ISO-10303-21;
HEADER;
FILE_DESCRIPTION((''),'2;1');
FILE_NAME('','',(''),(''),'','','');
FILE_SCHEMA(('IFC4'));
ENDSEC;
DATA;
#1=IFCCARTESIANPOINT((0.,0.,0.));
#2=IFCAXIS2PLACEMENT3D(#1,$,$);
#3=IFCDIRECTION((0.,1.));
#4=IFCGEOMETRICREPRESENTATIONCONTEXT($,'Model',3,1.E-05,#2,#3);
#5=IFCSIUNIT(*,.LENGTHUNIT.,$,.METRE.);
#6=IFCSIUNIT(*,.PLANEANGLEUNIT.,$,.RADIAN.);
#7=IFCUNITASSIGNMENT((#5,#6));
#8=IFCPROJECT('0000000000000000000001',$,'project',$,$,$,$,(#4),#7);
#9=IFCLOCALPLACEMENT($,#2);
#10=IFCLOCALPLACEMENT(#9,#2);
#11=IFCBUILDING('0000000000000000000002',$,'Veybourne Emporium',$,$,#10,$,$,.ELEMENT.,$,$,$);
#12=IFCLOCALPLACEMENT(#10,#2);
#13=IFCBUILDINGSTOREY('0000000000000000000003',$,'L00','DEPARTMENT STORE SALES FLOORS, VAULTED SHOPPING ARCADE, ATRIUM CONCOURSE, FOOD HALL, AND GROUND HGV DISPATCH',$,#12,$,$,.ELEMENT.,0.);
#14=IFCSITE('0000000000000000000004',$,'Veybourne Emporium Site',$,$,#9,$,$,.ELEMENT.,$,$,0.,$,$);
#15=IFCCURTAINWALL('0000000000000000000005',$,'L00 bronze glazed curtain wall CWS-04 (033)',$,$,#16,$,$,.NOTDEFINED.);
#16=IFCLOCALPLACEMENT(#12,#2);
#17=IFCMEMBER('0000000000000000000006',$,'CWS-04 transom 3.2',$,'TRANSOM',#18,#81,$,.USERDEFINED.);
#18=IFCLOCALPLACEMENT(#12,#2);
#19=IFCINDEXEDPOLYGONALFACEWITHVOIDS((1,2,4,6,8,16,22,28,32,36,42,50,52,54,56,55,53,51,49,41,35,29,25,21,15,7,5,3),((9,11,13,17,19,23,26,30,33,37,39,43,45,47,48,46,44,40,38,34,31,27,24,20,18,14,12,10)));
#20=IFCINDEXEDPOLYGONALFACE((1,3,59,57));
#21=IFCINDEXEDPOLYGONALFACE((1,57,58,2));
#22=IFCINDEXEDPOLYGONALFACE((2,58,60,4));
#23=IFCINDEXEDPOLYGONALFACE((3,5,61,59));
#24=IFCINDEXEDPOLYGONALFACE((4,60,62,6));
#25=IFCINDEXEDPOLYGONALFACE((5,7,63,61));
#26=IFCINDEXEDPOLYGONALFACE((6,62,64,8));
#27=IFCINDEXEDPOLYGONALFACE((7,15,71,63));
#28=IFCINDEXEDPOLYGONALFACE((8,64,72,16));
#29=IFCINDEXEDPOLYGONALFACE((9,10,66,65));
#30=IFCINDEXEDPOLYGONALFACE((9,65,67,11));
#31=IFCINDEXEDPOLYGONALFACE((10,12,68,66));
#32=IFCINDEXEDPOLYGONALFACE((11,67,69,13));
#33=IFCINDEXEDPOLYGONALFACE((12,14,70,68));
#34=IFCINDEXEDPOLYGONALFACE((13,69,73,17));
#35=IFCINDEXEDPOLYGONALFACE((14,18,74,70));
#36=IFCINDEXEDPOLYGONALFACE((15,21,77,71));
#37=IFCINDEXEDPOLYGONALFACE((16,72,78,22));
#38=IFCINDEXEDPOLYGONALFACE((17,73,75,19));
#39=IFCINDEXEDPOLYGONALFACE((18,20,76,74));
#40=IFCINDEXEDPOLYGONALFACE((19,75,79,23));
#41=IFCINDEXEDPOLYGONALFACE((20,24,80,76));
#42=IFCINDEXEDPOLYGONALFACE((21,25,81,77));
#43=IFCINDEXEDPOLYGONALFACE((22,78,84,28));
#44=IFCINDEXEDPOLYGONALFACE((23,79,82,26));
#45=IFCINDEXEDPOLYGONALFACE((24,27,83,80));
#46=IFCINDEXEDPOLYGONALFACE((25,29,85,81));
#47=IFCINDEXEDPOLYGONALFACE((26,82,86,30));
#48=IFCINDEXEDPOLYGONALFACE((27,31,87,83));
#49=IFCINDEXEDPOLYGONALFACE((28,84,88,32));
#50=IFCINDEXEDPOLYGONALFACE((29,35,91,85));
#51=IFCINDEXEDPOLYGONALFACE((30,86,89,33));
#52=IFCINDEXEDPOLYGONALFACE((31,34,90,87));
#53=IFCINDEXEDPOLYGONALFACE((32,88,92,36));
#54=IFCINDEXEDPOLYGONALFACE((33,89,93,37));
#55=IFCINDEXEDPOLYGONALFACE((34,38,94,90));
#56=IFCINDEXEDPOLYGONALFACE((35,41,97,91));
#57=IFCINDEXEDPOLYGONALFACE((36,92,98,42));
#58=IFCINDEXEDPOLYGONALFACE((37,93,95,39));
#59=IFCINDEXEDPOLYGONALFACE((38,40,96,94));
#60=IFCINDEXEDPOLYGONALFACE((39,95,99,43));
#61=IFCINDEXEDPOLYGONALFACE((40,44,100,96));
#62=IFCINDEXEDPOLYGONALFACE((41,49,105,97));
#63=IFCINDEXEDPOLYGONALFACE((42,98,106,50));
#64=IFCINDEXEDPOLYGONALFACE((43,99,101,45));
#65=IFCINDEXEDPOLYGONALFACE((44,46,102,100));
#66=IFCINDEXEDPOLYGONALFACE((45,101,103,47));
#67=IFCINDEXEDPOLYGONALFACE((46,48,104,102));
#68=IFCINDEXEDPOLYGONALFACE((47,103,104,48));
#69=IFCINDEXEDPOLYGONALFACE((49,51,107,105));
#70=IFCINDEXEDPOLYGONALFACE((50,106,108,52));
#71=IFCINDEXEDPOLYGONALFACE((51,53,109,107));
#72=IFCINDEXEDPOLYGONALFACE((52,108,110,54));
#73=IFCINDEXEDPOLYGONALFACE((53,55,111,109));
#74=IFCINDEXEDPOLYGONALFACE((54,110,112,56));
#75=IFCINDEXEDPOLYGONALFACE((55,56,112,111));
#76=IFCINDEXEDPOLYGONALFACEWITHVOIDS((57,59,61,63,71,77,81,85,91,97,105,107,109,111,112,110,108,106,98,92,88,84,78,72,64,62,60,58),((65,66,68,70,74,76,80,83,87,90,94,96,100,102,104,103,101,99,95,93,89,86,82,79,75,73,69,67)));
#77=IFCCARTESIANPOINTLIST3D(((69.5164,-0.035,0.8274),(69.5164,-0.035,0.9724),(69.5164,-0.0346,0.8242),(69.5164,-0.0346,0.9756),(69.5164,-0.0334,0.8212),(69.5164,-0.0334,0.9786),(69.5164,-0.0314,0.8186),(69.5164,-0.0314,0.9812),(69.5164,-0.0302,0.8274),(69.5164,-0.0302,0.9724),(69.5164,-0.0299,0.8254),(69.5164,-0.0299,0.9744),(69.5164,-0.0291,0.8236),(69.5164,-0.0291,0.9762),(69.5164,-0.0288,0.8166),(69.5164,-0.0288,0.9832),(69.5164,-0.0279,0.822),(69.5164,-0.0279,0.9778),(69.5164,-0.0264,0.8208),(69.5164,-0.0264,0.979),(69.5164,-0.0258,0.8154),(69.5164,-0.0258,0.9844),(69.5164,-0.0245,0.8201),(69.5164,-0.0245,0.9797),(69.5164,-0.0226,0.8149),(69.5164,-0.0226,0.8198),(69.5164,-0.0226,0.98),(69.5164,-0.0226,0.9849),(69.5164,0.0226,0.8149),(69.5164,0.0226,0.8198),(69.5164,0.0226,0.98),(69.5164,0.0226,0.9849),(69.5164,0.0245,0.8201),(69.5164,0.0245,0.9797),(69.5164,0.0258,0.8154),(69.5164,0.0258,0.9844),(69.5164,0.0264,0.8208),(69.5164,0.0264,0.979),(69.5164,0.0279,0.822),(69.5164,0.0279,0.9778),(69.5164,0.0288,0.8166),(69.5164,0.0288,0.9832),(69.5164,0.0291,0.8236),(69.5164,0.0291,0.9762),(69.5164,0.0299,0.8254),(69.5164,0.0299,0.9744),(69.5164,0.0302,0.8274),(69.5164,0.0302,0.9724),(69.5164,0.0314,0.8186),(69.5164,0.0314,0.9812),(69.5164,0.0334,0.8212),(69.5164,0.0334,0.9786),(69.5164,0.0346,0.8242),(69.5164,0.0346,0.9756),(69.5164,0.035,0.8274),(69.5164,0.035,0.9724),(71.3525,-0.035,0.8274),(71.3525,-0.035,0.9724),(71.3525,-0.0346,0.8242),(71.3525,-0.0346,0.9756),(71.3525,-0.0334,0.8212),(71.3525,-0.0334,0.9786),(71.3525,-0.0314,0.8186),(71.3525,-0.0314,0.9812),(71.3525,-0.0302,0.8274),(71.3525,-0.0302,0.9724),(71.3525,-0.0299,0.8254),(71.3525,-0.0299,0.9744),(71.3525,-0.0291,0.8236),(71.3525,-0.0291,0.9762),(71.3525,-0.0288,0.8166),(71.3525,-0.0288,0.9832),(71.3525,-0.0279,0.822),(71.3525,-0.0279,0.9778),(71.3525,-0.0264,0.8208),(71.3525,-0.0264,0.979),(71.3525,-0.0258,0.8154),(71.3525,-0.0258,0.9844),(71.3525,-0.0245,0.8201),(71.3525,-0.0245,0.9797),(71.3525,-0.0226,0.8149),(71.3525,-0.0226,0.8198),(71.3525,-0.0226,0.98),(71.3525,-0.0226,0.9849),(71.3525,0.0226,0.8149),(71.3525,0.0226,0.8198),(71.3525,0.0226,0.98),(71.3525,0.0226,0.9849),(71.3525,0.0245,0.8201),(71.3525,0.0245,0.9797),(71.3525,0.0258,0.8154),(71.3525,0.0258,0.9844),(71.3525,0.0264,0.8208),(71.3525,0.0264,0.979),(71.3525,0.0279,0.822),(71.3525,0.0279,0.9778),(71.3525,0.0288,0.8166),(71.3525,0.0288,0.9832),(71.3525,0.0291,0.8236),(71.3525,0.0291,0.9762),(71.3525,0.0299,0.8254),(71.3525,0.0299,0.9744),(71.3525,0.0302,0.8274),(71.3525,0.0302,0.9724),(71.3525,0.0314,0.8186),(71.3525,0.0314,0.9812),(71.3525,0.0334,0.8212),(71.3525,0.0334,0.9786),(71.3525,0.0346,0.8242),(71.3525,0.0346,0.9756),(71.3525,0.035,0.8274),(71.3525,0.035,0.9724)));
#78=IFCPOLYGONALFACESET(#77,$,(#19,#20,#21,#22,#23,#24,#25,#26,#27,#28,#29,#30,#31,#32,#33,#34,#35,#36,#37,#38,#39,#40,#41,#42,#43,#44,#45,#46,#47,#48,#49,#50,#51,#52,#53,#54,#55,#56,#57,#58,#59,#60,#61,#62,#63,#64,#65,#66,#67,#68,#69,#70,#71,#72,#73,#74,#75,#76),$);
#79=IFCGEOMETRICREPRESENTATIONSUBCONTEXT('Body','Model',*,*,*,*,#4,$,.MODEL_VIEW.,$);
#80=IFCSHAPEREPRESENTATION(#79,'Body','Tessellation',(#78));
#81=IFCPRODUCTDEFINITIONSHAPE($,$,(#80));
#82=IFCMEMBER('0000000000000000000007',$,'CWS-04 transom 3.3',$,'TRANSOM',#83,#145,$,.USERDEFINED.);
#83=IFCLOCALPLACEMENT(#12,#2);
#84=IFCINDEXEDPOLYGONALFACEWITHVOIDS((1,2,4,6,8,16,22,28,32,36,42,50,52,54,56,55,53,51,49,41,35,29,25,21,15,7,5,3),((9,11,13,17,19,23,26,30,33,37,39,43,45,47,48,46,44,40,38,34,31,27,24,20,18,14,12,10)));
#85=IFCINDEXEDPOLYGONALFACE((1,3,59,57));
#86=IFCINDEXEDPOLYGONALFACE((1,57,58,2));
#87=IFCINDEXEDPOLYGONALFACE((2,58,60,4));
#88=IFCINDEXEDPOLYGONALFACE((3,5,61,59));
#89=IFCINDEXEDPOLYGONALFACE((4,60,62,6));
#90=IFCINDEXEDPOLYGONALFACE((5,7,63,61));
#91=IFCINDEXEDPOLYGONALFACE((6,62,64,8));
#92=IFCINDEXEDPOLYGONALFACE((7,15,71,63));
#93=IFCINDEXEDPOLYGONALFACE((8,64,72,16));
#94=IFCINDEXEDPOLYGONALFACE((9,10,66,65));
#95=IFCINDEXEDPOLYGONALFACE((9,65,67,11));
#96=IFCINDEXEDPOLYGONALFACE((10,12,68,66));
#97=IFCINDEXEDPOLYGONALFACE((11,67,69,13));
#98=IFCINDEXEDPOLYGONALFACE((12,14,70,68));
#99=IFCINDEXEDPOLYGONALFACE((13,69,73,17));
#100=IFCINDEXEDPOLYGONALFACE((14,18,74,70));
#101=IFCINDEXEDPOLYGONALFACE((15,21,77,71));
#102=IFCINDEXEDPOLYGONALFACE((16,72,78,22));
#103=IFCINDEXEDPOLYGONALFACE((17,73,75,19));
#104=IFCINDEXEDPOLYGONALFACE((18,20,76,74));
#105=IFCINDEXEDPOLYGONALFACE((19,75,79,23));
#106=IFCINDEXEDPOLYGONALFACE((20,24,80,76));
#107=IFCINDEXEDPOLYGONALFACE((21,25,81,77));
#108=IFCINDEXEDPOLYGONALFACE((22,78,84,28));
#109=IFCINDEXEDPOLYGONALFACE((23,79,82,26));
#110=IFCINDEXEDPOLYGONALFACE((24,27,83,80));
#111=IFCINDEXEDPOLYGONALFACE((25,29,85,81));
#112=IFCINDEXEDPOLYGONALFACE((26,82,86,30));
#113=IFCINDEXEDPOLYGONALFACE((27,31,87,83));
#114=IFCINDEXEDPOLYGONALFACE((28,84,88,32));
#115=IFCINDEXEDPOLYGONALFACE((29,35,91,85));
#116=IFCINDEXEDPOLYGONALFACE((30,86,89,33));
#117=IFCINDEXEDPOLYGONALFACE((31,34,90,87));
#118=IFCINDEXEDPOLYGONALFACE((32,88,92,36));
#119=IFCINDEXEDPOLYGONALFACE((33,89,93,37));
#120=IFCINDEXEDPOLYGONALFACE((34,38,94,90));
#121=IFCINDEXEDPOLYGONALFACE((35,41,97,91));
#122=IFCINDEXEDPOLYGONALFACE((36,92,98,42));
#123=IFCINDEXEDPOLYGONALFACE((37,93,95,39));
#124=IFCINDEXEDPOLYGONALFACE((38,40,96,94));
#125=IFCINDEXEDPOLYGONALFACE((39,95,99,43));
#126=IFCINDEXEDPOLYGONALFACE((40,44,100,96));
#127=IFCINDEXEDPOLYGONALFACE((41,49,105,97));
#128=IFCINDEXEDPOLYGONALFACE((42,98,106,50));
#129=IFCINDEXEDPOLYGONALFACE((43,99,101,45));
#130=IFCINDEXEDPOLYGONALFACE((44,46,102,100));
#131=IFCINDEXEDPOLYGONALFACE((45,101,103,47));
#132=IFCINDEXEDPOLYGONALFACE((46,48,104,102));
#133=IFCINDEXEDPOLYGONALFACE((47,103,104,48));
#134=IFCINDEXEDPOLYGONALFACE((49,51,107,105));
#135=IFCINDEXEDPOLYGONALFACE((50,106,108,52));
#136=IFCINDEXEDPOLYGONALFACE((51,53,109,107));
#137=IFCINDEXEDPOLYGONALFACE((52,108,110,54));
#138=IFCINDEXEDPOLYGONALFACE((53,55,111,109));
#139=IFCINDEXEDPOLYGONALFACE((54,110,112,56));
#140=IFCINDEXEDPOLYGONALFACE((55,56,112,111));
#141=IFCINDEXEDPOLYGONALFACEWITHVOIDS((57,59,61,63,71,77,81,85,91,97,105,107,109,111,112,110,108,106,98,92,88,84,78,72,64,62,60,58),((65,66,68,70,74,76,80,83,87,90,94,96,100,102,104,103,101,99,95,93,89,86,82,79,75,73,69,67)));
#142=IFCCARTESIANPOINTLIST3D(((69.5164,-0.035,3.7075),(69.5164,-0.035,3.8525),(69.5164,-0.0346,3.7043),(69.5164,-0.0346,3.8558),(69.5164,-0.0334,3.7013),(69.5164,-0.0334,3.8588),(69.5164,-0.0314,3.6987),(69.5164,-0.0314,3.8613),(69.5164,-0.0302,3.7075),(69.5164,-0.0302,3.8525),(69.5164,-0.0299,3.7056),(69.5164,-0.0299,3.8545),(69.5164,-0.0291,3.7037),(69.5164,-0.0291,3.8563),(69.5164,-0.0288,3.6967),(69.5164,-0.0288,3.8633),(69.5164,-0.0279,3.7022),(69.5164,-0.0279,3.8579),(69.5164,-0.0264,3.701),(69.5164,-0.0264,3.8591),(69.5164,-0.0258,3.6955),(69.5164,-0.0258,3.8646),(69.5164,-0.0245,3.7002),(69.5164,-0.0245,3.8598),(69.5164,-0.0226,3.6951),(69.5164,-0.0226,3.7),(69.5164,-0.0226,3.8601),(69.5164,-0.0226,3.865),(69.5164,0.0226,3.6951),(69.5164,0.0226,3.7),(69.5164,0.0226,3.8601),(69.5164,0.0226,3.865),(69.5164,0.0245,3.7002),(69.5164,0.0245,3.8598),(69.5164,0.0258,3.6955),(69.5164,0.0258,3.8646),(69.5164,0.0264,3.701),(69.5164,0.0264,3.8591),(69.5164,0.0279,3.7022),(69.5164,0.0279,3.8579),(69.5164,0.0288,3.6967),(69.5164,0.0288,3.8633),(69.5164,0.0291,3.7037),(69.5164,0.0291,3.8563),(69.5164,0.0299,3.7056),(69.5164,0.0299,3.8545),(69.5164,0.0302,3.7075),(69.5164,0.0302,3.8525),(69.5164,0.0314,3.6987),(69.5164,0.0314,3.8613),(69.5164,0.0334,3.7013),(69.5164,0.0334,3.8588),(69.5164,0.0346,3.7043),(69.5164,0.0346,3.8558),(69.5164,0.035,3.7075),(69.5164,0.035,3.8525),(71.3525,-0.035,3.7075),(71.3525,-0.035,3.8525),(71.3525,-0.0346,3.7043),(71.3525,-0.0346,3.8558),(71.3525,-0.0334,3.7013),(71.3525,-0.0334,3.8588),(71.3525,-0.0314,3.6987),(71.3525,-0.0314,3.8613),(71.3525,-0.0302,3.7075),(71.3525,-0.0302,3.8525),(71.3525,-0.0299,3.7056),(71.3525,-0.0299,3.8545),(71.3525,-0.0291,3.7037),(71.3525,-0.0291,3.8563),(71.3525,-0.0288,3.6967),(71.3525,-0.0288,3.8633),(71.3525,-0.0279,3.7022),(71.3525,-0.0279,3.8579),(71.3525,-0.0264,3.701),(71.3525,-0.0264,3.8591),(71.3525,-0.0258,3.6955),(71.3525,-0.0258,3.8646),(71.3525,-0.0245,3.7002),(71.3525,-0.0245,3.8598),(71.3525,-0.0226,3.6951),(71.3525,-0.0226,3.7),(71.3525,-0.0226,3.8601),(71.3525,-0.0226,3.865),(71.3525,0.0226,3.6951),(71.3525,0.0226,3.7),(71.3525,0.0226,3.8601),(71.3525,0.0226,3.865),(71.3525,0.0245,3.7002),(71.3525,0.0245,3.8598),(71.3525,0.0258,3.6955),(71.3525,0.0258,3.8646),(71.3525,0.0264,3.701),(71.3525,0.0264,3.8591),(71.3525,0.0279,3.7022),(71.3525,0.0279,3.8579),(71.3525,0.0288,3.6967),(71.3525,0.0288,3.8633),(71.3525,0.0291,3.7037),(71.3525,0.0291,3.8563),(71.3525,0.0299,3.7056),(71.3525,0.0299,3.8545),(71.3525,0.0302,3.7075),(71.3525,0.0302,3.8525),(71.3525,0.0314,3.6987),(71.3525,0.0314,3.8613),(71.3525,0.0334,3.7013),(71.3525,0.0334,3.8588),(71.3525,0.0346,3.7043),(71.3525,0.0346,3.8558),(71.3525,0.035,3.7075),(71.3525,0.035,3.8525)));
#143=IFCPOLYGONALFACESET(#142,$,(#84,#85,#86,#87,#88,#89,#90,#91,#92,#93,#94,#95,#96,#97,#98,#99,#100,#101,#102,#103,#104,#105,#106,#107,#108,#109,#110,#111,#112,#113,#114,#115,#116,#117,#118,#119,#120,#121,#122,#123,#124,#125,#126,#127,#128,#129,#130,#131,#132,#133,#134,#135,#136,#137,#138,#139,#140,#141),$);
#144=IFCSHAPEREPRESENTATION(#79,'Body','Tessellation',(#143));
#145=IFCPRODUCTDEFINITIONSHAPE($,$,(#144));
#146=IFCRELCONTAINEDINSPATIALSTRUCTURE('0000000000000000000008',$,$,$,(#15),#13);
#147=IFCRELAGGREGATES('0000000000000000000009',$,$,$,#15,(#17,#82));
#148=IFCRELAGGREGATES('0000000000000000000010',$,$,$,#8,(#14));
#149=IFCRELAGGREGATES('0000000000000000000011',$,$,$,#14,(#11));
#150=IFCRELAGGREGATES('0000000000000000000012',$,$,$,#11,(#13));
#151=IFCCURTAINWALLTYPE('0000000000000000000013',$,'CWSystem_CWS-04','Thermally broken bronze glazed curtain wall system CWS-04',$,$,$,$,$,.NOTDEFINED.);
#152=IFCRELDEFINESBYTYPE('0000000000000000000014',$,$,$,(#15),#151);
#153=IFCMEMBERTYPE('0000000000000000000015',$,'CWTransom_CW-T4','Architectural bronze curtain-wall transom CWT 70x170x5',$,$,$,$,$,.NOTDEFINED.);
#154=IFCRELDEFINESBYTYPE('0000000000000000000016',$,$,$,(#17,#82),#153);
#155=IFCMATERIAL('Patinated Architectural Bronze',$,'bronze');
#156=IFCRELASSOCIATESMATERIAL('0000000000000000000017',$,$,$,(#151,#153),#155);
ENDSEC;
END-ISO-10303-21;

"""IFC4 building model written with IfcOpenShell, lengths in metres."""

from ifc_helpers import new_model, si_unit, direction, frame, origin, origin_2d, place, context, subcontext, project, spatial, hollow_rectangle, extrude, material, material_profile, profile_set, type_object, element, aggregate, save


model = new_model("IFC4")

# Units and contexts
model_context = context("Model", 3, precision=1e-05, world=origin(), true_north=direction((0.0, 1.0)))
body_context = subcontext(model_context, "Body", "Model", "MODEL_VIEW")
ifc_project = project(units=[si_unit("LENGTHUNIT", "METRE"), si_unit("PLANEANGLEUNIT", "RADIAN")], contexts=[model_context])

# Site, building, storey
site_placement = place(None, origin())
site = spatial("IfcSite", under=ifc_project, at=site_placement, Name="Veybourne Emporium Site", CompositionType="ELEMENT", RefElevation=0.0)
building_placement = place(site_placement, origin())
building = spatial("IfcBuilding", under=site, at=building_placement, Name="Veybourne Emporium", CompositionType="ELEMENT")
storey_placement = place(building_placement, origin())
storey = spatial("IfcBuildingStorey", under=building, at=storey_placement, Name="L00", Description="DEPARTMENT STORE SALES FLOORS, VAULTED SHOPPING ARCADE, ATRIUM CONCOURSE, FOOD HALL, AND GROUND HGV DISPATCH", CompositionType="ELEMENT", Elevation=0.0)

# Curtain wall, members
ifc_material_1 = material(Name="Patinated Architectural Bronze", Category="bronze")
curtain_wall_type = type_object("IfcCurtainWallType", Name="CWSystem_CWS-04", Description="Thermally broken bronze glazed curtain wall system CWS-04", PredefinedType="NOTDEFINED", material=ifc_material_1)
curtain_wall_placement = place(storey_placement, origin())
curtain_wall = element("IfcCurtainWall", 1, at=curtain_wall_placement, inside=storey, type_object=curtain_wall_type, Name="L00 bronze glazed curtain wall CWS-04 (033)", PredefinedType="NOTDEFINED")
ifc_material_profile_1 = material_profile(ifc_material_1, hollow_rectangle(XDim=0.0701, YDim=0.1699, WallThickness=0.0049, InnerFilletRadius=0.0076, OuterFilletRadius=0.0125, at=origin_2d()), Name="CWT 70x170x5")
ifc_profile_set_1 = profile_set([ifc_material_profile_1], Name="Patinated Architectural Bronze")
member_type_1 = type_object("IfcMemberType", Name="CWTransom_CW-T4", Description="Architectural bronze curtain-wall transom CWT 70x170x5", PredefinedType="NOTDEFINED", material=ifc_profile_set_1)
member_1_placement = place(storey_placement, frame((71.3525, 0.0, 0.8999), z_axis=(-1.0, 0.0, 0.0), x_axis=(0.0, -1.0, 0.0)))
member_1 = element("IfcMember", 2, at=member_1_placement, type_object=member_type_1, Name="CWS-04 transom 3.2", ObjectType="TRANSOM", PredefinedType="USERDEFINED", context=body_context, shape_type="SweptSolid", body=[
    extrude(hollow_rectangle(XDim=0.0701, YDim=0.1699, WallThickness=0.0049, InnerFilletRadius=0.0076, OuterFilletRadius=0.0125, at=origin_2d()), origin(), (0.0, 0.0, 1.0), 1.8362),
])
member_2_placement = place(storey_placement, frame((71.3525, 0.0, 3.78), z_axis=(-1.0, 0.0, 0.0), x_axis=(0.0, -1.0, 0.0)))
member_2 = element("IfcMember", 3, at=member_2_placement, type_object=member_type_1, Name="CWS-04 transom 3.3", ObjectType="TRANSOM", PredefinedType="USERDEFINED", context=body_context, shape_type="SweptSolid", body=[
    extrude(hollow_rectangle(XDim=0.0701, YDim=0.1699, WallThickness=0.0049, InnerFilletRadius=0.0076, OuterFilletRadius=0.0125, at=origin_2d()), origin(), (0.0, 0.0, 1.0), 1.8362),
])

aggregate(curtain_wall, [member_1, member_2])

save(model, "model.ifc")
